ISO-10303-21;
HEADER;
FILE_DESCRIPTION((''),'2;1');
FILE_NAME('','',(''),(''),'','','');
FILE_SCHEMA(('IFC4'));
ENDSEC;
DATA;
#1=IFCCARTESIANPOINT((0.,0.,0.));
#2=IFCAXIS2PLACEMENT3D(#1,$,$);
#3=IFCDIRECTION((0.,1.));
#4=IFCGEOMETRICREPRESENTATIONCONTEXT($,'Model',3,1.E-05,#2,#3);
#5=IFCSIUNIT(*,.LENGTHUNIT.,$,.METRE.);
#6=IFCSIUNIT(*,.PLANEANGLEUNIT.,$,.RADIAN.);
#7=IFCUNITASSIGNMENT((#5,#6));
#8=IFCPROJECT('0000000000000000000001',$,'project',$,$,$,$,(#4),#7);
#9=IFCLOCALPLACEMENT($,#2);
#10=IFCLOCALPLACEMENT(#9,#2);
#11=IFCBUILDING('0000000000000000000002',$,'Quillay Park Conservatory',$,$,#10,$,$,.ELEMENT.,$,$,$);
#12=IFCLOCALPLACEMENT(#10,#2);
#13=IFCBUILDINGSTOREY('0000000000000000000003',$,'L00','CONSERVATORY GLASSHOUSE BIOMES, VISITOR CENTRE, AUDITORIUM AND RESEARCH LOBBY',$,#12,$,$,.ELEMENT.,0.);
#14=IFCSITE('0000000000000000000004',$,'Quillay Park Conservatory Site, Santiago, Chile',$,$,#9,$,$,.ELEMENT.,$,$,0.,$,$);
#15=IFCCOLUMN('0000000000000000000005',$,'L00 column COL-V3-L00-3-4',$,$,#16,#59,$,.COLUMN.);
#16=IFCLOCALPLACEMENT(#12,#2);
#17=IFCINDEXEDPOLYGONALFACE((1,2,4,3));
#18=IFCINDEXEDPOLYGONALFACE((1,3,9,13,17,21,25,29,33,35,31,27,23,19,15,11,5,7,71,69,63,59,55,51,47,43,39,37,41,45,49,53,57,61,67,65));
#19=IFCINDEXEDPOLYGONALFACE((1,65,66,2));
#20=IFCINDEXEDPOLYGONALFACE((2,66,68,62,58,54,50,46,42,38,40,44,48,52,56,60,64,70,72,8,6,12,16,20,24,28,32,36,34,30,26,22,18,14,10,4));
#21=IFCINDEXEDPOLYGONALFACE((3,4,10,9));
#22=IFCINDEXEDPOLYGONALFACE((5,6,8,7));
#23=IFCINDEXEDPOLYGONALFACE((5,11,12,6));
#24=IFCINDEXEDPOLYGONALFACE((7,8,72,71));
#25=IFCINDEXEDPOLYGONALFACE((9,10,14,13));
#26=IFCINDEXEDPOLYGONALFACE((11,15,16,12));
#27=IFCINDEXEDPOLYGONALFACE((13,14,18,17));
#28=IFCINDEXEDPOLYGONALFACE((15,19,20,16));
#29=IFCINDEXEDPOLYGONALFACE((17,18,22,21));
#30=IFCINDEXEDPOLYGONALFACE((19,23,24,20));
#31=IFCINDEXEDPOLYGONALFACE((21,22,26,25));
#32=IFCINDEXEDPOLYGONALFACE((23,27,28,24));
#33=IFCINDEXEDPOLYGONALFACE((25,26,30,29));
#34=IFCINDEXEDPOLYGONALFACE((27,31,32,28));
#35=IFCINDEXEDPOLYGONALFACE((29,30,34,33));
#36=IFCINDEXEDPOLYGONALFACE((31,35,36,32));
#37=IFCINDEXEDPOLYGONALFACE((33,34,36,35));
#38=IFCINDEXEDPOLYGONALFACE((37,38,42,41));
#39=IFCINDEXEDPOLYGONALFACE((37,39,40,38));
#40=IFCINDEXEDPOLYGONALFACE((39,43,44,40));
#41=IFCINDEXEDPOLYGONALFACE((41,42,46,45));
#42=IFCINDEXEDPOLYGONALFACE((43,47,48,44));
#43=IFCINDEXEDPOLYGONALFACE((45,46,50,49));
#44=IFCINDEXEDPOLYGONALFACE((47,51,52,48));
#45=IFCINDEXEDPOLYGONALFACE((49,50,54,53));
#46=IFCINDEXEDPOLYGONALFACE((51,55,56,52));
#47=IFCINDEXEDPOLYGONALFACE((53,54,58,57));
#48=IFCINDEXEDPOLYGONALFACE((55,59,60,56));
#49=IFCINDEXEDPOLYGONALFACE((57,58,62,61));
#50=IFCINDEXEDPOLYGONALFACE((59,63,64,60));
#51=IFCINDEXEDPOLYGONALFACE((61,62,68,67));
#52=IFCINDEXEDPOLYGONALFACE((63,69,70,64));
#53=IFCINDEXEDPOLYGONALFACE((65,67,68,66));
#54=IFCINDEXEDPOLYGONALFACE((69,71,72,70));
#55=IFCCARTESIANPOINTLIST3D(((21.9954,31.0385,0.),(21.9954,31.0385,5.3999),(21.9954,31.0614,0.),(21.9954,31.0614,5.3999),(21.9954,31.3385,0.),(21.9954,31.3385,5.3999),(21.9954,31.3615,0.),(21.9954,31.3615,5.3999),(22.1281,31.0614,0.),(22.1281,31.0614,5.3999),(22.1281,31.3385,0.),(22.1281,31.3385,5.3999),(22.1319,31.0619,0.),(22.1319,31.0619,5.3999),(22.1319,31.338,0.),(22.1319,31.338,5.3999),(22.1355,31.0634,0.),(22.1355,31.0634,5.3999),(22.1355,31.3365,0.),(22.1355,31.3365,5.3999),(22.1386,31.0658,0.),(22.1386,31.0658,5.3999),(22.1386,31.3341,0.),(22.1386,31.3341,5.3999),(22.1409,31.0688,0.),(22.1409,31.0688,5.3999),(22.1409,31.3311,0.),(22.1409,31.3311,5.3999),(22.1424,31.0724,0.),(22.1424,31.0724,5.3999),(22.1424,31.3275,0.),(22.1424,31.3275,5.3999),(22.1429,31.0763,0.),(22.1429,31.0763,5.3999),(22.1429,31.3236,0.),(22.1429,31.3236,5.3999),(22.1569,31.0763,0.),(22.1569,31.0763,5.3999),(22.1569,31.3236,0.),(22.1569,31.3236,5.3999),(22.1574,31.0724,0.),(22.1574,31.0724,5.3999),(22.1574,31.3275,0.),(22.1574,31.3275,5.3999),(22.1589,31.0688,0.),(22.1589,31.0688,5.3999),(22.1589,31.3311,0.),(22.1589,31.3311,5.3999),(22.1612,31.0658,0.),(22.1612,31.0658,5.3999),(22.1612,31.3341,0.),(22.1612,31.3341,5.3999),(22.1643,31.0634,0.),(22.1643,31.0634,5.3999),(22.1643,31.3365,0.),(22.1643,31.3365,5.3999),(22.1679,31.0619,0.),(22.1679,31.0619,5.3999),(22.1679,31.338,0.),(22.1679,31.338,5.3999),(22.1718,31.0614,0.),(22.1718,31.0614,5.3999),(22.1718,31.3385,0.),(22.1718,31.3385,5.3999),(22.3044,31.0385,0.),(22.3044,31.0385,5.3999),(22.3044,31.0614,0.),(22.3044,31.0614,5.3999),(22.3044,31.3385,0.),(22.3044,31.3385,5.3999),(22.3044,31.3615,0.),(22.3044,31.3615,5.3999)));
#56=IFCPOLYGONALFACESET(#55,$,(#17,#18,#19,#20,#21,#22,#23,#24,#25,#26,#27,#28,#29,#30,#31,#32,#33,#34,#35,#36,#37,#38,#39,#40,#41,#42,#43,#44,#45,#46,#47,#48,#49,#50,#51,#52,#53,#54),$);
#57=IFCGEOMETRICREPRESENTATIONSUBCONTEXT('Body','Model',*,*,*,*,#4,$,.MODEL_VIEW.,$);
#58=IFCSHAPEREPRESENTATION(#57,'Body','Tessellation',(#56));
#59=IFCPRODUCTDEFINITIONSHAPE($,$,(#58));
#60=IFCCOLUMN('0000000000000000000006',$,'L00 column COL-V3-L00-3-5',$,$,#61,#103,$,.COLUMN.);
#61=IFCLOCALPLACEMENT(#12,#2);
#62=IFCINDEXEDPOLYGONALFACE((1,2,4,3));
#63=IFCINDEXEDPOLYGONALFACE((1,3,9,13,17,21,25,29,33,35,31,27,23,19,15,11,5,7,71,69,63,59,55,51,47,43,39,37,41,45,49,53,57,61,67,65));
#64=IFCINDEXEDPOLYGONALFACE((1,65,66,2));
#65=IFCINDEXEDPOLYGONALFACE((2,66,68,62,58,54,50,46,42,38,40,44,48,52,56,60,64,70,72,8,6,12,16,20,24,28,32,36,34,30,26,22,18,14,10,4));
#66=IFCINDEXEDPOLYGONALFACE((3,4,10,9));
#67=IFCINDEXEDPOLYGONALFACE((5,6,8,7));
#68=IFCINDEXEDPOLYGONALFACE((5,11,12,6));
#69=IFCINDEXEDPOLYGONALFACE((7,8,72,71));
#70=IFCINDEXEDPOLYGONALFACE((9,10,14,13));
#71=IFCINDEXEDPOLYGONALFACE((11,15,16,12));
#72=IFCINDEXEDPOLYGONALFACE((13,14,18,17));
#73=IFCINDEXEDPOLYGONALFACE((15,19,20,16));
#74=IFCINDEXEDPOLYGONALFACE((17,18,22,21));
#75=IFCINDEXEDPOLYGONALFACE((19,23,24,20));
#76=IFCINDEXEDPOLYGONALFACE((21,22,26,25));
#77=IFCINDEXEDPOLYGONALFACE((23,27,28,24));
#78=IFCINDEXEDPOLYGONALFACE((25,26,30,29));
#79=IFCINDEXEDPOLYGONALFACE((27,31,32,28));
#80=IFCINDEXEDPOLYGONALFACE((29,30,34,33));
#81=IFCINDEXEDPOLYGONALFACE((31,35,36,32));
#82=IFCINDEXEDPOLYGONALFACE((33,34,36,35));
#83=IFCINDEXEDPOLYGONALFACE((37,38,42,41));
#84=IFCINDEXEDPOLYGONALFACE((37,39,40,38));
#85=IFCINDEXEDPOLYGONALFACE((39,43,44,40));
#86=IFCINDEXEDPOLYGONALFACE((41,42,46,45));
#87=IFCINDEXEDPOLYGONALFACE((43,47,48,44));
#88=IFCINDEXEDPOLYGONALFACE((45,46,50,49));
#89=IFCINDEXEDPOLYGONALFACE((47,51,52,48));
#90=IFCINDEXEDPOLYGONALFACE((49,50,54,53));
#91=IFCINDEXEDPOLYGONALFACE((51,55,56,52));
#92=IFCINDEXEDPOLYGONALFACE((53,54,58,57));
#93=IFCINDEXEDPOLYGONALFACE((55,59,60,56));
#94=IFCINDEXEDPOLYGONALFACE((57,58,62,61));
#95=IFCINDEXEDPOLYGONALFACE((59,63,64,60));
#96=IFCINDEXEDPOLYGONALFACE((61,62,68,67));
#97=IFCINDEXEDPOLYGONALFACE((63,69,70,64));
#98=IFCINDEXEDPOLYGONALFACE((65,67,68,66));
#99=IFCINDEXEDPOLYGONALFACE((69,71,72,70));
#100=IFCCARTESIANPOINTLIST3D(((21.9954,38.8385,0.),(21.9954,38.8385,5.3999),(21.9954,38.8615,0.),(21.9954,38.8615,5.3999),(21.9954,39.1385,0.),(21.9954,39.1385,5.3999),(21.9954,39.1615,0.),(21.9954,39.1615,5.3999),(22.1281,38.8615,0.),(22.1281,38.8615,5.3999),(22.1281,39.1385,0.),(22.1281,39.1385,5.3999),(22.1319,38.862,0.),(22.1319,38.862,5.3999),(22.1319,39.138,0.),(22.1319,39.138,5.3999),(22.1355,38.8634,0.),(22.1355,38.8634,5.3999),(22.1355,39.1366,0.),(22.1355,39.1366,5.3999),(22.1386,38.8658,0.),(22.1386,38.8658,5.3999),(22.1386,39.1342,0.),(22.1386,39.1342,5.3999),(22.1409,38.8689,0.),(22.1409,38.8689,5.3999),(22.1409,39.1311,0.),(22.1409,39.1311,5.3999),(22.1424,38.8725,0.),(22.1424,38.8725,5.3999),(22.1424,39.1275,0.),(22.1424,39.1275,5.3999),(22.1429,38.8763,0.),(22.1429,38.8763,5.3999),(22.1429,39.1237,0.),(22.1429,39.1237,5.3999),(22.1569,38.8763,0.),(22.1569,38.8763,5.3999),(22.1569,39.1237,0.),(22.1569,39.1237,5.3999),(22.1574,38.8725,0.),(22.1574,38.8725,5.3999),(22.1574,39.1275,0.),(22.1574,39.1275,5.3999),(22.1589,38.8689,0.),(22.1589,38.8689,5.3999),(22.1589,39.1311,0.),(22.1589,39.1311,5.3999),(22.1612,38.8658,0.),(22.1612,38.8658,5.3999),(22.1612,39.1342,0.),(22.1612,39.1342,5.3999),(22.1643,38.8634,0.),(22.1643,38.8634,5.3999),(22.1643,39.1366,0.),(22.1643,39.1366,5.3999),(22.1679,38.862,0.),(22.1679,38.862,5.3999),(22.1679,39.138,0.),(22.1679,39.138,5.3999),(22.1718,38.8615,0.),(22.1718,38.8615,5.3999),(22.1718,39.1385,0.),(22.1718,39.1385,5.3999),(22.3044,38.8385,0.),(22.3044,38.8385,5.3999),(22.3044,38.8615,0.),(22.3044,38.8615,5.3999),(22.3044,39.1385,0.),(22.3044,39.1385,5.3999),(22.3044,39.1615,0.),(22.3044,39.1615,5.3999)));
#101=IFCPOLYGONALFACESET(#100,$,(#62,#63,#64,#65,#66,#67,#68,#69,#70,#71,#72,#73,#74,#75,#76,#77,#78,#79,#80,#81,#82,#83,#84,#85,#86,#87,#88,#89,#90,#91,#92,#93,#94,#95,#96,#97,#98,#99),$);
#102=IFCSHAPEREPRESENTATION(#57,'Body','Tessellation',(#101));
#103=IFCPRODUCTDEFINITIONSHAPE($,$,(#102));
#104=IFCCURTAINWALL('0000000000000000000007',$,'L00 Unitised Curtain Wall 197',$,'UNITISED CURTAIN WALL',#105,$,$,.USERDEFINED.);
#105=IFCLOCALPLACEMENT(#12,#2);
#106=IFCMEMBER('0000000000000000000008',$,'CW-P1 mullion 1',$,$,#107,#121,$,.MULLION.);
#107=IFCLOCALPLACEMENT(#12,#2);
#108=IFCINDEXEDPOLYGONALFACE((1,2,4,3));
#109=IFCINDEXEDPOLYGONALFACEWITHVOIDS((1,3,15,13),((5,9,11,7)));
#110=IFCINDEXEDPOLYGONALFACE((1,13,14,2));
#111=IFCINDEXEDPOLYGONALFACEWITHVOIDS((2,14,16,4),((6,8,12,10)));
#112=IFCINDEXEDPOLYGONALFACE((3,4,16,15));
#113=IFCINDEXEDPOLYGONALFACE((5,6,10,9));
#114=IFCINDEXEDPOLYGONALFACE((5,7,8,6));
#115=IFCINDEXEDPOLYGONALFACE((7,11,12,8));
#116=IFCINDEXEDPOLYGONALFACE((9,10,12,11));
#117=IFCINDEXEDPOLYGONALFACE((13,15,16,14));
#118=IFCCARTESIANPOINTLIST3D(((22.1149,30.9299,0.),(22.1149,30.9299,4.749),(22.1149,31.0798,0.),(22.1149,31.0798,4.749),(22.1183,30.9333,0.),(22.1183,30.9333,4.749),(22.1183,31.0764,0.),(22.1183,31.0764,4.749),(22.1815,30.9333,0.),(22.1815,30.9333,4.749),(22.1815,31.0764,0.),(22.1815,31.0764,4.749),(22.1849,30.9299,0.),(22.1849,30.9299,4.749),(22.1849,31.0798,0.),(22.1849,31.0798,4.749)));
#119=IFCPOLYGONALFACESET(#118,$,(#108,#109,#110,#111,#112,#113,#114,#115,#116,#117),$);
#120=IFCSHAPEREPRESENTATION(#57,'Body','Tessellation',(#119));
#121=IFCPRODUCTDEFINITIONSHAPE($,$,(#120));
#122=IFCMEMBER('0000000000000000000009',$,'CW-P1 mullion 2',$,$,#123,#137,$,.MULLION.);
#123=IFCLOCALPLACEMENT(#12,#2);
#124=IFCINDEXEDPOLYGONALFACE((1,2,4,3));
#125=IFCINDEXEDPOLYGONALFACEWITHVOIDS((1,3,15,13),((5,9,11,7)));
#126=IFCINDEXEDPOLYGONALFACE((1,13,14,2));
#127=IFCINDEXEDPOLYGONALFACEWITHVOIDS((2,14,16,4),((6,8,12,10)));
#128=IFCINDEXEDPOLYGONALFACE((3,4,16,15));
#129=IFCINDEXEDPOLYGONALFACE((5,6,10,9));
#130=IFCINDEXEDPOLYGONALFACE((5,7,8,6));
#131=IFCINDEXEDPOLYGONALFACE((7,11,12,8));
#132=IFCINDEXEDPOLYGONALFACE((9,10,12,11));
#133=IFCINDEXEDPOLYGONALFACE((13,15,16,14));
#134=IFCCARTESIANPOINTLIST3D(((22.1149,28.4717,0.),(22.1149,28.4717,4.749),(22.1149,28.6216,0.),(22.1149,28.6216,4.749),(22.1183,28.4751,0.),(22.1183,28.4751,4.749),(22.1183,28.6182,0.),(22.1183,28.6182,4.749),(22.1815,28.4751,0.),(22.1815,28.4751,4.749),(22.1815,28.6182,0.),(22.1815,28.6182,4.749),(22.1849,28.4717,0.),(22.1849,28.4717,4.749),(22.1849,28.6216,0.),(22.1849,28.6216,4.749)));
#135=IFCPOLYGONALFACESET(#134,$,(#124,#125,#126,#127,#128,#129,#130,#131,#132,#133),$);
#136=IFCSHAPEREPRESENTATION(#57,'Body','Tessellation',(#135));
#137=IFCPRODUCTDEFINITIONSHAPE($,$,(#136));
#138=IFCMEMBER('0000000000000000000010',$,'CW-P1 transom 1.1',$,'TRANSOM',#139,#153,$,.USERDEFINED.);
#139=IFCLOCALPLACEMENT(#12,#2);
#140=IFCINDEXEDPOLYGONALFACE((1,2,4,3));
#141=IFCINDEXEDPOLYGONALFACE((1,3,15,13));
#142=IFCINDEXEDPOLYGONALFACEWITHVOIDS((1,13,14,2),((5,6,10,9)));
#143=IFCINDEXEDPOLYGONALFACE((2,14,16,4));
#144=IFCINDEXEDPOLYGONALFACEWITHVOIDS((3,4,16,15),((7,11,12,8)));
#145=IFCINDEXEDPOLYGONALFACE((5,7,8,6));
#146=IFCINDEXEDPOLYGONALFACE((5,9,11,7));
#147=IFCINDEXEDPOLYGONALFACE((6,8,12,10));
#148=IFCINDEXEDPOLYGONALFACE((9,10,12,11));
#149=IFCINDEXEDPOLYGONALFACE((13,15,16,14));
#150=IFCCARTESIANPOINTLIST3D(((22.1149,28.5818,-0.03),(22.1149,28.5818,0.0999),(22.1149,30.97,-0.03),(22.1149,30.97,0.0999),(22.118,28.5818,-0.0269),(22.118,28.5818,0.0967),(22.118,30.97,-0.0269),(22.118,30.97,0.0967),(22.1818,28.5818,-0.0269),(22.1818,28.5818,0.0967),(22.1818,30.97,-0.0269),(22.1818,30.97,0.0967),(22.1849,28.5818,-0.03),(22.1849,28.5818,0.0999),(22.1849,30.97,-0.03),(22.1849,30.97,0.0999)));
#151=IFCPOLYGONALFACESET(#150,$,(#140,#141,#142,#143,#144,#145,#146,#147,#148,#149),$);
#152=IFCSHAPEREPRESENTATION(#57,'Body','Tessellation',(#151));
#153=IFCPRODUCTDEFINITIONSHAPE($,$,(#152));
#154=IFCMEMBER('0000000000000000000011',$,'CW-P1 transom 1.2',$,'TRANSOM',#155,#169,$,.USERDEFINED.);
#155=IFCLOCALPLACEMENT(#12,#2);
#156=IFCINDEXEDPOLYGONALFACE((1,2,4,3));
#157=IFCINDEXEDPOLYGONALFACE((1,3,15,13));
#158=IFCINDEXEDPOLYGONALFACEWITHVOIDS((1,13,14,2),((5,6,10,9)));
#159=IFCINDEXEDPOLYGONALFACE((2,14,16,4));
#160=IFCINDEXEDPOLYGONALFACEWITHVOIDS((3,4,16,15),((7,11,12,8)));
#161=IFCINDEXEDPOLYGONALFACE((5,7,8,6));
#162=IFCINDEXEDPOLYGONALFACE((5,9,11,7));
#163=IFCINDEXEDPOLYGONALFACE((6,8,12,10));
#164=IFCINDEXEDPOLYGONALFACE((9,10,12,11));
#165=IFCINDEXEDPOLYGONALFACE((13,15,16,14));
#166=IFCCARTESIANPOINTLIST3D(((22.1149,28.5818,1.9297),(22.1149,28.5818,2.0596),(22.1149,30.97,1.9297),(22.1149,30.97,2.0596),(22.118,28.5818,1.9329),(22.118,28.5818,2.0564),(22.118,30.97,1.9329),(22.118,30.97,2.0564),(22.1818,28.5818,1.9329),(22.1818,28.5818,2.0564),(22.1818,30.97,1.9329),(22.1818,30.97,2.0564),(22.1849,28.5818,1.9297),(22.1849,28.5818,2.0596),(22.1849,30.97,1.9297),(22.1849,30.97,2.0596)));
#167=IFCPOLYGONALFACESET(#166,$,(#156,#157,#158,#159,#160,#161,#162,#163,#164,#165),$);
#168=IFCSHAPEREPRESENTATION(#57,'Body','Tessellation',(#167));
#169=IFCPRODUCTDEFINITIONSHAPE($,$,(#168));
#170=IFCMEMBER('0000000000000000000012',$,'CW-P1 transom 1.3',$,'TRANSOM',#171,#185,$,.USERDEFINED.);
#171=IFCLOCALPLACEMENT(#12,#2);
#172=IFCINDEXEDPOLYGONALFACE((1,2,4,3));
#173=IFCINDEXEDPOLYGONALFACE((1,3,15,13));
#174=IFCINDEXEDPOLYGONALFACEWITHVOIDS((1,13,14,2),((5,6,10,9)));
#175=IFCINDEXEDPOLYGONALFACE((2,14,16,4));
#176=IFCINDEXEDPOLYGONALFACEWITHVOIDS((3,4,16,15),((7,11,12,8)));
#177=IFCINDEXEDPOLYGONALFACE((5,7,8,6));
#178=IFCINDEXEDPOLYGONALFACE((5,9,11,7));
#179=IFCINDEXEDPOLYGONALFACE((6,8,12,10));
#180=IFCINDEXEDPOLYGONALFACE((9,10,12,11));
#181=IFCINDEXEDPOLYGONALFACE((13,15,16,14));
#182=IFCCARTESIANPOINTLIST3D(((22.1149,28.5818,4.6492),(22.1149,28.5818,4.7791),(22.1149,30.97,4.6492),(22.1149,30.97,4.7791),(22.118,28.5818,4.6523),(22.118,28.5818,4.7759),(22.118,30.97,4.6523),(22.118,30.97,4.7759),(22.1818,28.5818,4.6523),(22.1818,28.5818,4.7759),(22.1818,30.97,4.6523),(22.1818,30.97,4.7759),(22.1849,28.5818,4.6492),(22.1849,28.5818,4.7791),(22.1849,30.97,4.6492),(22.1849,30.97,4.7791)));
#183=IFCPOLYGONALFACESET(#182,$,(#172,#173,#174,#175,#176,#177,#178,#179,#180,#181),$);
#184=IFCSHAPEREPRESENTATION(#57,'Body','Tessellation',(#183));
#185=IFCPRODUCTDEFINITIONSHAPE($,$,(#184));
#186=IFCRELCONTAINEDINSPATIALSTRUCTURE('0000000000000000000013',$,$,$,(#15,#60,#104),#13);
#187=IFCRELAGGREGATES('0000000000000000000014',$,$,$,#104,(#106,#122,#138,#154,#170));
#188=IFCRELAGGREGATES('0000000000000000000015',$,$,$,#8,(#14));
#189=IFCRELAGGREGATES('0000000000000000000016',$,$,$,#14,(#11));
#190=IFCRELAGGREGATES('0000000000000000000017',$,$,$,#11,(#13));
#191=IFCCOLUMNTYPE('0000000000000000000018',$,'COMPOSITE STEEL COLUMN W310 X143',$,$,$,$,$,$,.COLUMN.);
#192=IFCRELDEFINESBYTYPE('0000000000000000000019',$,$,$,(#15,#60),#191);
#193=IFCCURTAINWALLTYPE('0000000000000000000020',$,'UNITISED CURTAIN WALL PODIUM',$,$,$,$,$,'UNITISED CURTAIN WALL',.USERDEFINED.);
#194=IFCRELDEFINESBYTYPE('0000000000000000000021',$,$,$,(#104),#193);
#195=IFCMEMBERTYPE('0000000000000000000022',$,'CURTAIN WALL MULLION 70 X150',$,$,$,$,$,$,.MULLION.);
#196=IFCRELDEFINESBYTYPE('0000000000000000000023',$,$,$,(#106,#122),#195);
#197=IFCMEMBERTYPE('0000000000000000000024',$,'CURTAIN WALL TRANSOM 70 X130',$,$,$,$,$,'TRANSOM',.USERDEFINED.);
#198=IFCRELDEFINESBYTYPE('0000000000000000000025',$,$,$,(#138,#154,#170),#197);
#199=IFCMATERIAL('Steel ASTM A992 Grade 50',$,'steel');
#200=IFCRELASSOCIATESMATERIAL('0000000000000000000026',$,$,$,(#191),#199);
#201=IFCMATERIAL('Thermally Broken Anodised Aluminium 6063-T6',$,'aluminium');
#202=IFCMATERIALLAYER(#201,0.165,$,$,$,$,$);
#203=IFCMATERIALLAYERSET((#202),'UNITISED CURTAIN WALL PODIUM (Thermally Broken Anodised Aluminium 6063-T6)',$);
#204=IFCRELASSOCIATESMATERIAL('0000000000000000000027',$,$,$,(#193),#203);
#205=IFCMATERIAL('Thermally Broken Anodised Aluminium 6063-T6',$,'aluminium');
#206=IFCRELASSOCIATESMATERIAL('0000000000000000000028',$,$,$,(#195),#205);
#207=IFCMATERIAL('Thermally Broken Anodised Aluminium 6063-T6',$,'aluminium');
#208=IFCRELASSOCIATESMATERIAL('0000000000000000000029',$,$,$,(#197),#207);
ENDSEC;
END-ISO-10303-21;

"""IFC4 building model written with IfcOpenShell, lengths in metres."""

from ifc_helpers import new_model, si_unit, direction, frame, origin, origin_2d, place, context, subcontext, project, spatial, hollow_rectangle, i_section, extrude, material, layer, layer_set, material_profile, profile_set, type_object, element, aggregate, save


model = new_model("IFC4")

# Units and contexts
model_context = context("Model", 3, precision=1e-05, world=origin(), true_north=direction((0.0, 1.0)))
body_context = subcontext(model_context, "Body", "Model", "MODEL_VIEW")
ifc_project = project(units=[si_unit("LENGTHUNIT", "METRE"), si_unit("PLANEANGLEUNIT", "RADIAN")], contexts=[model_context])

# Site, building, storey
site_placement = place(None, origin())
site = spatial("IfcSite", under=ifc_project, at=site_placement, Name="Quillay Park Conservatory Site, Santiago, Chile", CompositionType="ELEMENT", RefElevation=0.0)
building_placement = place(site_placement, origin())
building = spatial("IfcBuilding", under=site, at=building_placement, Name="Quillay Park Conservatory", CompositionType="ELEMENT")
storey_placement = place(building_placement, origin())
storey = spatial("IfcBuildingStorey", under=building, at=storey_placement, Name="L00", Description="CONSERVATORY GLASSHOUSE BIOMES, VISITOR CENTRE, AUDITORIUM AND RESEARCH LOBBY", CompositionType="ELEMENT", Elevation=0.0)

# Columns
ifc_material_1 = material(Name="Steel ASTM A992 Grade 50", Category="steel")
ifc_material_profile_1 = material_profile(ifc_material_1, i_section(OverallWidth=0.3091, OverallDepth=0.323, WebThickness=0.0139, FlangeThickness=0.0229, FilletRadius=0.0149, at=origin_2d()), Name="W310x143")
ifc_profile_set_1 = profile_set([ifc_material_profile_1], Name="Steel ASTM A992 Grade 50")
column_type = type_object("IfcColumnType", Name="COMPOSITE STEEL COLUMN W310 X143", PredefinedType="COLUMN", material=ifc_profile_set_1)
for number, where, z_axis, x_axis, name in (
    (1, (22.1499, 31.2, 0.0), (0.0, 0.0, 1.0), (1.0, 0.0, 0.0), "L00 column COL-V3-L00-3-4"),
    (2, (22.1499, 39.0, 0.0), (0.0, 0.0, 1.0), (1.0, 0.0, 0.0), "L00 column COL-V3-L00-3-5"),
):
    element("IfcColumn", number, at=place(storey_placement, frame(where, z_axis=z_axis, x_axis=x_axis)), inside=storey, type_object=column_type, Name=name, PredefinedType="COLUMN", context=body_context, shape_type="SweptSolid", body=[
        extrude(i_section(OverallWidth=0.3091, OverallDepth=0.323, WebThickness=0.0139, FlangeThickness=0.0229, FilletRadius=0.0149, at=origin_2d()), origin(), (0.0, 0.0, 1.0), 5.3999),
    ])

# Curtain wall, members
ifc_material_2 = material(Name="Thermally Broken Anodised Aluminium 6063-T6", Category="aluminium")
ifc_layer_1 = layer(ifc_material_2, 0.165)
ifc_layer_set_1 = layer_set([ifc_layer_1], Name="UNITISED CURTAIN WALL PODIUM (Thermally Broken Anodised Aluminium 6063-T6)")
curtain_wall_type = type_object("IfcCurtainWallType", Name="UNITISED CURTAIN WALL PODIUM", ElementType="UNITISED CURTAIN WALL", PredefinedType="USERDEFINED", material=ifc_layer_set_1)
curtain_wall_placement = place(storey_placement, origin())
curtain_wall = element("IfcCurtainWall", 3, at=curtain_wall_placement, inside=storey, type_object=curtain_wall_type, Name="L00 Unitised Curtain Wall 197", ObjectType="UNITISED CURTAIN WALL", PredefinedType="USERDEFINED")
ifc_material_3 = material(Name="Thermally Broken Anodised Aluminium 6063-T6", Category="aluminium")
ifc_material_profile_2 = material_profile(ifc_material_3, hollow_rectangle(XDim=0.0701, YDim=0.1499, WallThickness=0.0034, at=origin_2d()), Name="AL70x150x3.5")
ifc_profile_set_2 = profile_set([ifc_material_profile_2], Name="Thermally Broken Anodised Aluminium 6063-T6")
member_type_1 = type_object("IfcMemberType", Name="CURTAIN WALL MULLION 70 X150", PredefinedType="MULLION", material=ifc_profile_set_2)
member_1_placement = place(storey_placement, frame((22.1499, 31.0049, 0.0), z_axis=(0.0, 0.0, 1.0), x_axis=(1.0, 0.0, 0.0)))
member_1 = element("IfcMember", 4, at=member_1_placement, type_object=member_type_1, Name="CW-P1 mullion 1", PredefinedType="MULLION", context=body_context, shape_type="SweptSolid", body=[
    extrude(hollow_rectangle(XDim=0.0701, YDim=0.1499, WallThickness=0.0034, at=origin_2d()), origin(), (0.0, 0.0, 1.0), 4.749),
])
member_2_placement = place(storey_placement, frame((22.1499, 28.5466, 0.0), z_axis=(0.0, 0.0, 1.0), x_axis=(1.0, 0.0, 0.0)))
member_2 = element("IfcMember", 5, at=member_2_placement, type_object=member_type_1, Name="CW-P1 mullion 2", PredefinedType="MULLION", context=body_context, shape_type="SweptSolid", body=[
    extrude(hollow_rectangle(XDim=0.0701, YDim=0.1499, WallThickness=0.0034, at=origin_2d()), origin(), (0.0, 0.0, 1.0), 4.749),
])
ifc_material_4 = material(Name="Thermally Broken Anodised Aluminium 6063-T6", Category="aluminium")
ifc_material_profile_3 = material_profile(ifc_material_4, hollow_rectangle(XDim=0.0701, YDim=0.1299, WallThickness=0.0032, at=origin_2d()), Name="AL70x130x3.2")
ifc_profile_set_3 = profile_set([ifc_material_profile_3], Name="Thermally Broken Anodised Aluminium 6063-T6")
member_type_2 = type_object("IfcMemberType", Name="CURTAIN WALL TRANSOM 70 X130", ElementType="TRANSOM", PredefinedType="USERDEFINED", material=ifc_profile_set_3)
member_3_placement = place(storey_placement, frame((22.1499, 30.97, 0.0349), z_axis=(0.0, -1.0, 0.0), x_axis=(1.0, 0.0, 0.0)))
member_3 = element("IfcMember", 6, at=member_3_placement, type_object=member_type_2, Name="CW-P1 transom 1.1", ObjectType="TRANSOM", PredefinedType="USERDEFINED", context=body_context, shape_type="SweptSolid", body=[
    extrude(hollow_rectangle(XDim=0.0701, YDim=0.1299, WallThickness=0.0032, at=origin_2d()), origin(), (0.0, 0.0, 1.0), 2.3882),
])
member_4_placement = place(storey_placement, frame((22.1499, 30.97, 1.9946), z_axis=(0.0, -1.0, 0.0), x_axis=(1.0, 0.0, 0.0)))
member_4 = element("IfcMember", 7, at=member_4_placement, type_object=member_type_2, Name="CW-P1 transom 1.2", ObjectType="TRANSOM", PredefinedType="USERDEFINED", context=body_context, shape_type="SweptSolid", body=[
    extrude(hollow_rectangle(XDim=0.0701, YDim=0.1299, WallThickness=0.0032, at=origin_2d()), origin(), (0.0, 0.0, 1.0), 2.3882),
])
member_5_placement = place(storey_placement, frame((22.1499, 30.97, 4.7141), z_axis=(0.0, -1.0, 0.0), x_axis=(1.0, 0.0, 0.0)))
member_5 = element("IfcMember", 8, at=member_5_placement, type_object=member_type_2, Name="CW-P1 transom 1.3", ObjectType="TRANSOM", PredefinedType="USERDEFINED", context=body_context, shape_type="SweptSolid", body=[
    extrude(hollow_rectangle(XDim=0.0701, YDim=0.1299, WallThickness=0.0032, at=origin_2d()), origin(), (0.0, 0.0, 1.0), 2.3882),
])

aggregate(curtain_wall, [member_1, member_2, member_3, member_4, member_5])

save(model, "model.ifc")
